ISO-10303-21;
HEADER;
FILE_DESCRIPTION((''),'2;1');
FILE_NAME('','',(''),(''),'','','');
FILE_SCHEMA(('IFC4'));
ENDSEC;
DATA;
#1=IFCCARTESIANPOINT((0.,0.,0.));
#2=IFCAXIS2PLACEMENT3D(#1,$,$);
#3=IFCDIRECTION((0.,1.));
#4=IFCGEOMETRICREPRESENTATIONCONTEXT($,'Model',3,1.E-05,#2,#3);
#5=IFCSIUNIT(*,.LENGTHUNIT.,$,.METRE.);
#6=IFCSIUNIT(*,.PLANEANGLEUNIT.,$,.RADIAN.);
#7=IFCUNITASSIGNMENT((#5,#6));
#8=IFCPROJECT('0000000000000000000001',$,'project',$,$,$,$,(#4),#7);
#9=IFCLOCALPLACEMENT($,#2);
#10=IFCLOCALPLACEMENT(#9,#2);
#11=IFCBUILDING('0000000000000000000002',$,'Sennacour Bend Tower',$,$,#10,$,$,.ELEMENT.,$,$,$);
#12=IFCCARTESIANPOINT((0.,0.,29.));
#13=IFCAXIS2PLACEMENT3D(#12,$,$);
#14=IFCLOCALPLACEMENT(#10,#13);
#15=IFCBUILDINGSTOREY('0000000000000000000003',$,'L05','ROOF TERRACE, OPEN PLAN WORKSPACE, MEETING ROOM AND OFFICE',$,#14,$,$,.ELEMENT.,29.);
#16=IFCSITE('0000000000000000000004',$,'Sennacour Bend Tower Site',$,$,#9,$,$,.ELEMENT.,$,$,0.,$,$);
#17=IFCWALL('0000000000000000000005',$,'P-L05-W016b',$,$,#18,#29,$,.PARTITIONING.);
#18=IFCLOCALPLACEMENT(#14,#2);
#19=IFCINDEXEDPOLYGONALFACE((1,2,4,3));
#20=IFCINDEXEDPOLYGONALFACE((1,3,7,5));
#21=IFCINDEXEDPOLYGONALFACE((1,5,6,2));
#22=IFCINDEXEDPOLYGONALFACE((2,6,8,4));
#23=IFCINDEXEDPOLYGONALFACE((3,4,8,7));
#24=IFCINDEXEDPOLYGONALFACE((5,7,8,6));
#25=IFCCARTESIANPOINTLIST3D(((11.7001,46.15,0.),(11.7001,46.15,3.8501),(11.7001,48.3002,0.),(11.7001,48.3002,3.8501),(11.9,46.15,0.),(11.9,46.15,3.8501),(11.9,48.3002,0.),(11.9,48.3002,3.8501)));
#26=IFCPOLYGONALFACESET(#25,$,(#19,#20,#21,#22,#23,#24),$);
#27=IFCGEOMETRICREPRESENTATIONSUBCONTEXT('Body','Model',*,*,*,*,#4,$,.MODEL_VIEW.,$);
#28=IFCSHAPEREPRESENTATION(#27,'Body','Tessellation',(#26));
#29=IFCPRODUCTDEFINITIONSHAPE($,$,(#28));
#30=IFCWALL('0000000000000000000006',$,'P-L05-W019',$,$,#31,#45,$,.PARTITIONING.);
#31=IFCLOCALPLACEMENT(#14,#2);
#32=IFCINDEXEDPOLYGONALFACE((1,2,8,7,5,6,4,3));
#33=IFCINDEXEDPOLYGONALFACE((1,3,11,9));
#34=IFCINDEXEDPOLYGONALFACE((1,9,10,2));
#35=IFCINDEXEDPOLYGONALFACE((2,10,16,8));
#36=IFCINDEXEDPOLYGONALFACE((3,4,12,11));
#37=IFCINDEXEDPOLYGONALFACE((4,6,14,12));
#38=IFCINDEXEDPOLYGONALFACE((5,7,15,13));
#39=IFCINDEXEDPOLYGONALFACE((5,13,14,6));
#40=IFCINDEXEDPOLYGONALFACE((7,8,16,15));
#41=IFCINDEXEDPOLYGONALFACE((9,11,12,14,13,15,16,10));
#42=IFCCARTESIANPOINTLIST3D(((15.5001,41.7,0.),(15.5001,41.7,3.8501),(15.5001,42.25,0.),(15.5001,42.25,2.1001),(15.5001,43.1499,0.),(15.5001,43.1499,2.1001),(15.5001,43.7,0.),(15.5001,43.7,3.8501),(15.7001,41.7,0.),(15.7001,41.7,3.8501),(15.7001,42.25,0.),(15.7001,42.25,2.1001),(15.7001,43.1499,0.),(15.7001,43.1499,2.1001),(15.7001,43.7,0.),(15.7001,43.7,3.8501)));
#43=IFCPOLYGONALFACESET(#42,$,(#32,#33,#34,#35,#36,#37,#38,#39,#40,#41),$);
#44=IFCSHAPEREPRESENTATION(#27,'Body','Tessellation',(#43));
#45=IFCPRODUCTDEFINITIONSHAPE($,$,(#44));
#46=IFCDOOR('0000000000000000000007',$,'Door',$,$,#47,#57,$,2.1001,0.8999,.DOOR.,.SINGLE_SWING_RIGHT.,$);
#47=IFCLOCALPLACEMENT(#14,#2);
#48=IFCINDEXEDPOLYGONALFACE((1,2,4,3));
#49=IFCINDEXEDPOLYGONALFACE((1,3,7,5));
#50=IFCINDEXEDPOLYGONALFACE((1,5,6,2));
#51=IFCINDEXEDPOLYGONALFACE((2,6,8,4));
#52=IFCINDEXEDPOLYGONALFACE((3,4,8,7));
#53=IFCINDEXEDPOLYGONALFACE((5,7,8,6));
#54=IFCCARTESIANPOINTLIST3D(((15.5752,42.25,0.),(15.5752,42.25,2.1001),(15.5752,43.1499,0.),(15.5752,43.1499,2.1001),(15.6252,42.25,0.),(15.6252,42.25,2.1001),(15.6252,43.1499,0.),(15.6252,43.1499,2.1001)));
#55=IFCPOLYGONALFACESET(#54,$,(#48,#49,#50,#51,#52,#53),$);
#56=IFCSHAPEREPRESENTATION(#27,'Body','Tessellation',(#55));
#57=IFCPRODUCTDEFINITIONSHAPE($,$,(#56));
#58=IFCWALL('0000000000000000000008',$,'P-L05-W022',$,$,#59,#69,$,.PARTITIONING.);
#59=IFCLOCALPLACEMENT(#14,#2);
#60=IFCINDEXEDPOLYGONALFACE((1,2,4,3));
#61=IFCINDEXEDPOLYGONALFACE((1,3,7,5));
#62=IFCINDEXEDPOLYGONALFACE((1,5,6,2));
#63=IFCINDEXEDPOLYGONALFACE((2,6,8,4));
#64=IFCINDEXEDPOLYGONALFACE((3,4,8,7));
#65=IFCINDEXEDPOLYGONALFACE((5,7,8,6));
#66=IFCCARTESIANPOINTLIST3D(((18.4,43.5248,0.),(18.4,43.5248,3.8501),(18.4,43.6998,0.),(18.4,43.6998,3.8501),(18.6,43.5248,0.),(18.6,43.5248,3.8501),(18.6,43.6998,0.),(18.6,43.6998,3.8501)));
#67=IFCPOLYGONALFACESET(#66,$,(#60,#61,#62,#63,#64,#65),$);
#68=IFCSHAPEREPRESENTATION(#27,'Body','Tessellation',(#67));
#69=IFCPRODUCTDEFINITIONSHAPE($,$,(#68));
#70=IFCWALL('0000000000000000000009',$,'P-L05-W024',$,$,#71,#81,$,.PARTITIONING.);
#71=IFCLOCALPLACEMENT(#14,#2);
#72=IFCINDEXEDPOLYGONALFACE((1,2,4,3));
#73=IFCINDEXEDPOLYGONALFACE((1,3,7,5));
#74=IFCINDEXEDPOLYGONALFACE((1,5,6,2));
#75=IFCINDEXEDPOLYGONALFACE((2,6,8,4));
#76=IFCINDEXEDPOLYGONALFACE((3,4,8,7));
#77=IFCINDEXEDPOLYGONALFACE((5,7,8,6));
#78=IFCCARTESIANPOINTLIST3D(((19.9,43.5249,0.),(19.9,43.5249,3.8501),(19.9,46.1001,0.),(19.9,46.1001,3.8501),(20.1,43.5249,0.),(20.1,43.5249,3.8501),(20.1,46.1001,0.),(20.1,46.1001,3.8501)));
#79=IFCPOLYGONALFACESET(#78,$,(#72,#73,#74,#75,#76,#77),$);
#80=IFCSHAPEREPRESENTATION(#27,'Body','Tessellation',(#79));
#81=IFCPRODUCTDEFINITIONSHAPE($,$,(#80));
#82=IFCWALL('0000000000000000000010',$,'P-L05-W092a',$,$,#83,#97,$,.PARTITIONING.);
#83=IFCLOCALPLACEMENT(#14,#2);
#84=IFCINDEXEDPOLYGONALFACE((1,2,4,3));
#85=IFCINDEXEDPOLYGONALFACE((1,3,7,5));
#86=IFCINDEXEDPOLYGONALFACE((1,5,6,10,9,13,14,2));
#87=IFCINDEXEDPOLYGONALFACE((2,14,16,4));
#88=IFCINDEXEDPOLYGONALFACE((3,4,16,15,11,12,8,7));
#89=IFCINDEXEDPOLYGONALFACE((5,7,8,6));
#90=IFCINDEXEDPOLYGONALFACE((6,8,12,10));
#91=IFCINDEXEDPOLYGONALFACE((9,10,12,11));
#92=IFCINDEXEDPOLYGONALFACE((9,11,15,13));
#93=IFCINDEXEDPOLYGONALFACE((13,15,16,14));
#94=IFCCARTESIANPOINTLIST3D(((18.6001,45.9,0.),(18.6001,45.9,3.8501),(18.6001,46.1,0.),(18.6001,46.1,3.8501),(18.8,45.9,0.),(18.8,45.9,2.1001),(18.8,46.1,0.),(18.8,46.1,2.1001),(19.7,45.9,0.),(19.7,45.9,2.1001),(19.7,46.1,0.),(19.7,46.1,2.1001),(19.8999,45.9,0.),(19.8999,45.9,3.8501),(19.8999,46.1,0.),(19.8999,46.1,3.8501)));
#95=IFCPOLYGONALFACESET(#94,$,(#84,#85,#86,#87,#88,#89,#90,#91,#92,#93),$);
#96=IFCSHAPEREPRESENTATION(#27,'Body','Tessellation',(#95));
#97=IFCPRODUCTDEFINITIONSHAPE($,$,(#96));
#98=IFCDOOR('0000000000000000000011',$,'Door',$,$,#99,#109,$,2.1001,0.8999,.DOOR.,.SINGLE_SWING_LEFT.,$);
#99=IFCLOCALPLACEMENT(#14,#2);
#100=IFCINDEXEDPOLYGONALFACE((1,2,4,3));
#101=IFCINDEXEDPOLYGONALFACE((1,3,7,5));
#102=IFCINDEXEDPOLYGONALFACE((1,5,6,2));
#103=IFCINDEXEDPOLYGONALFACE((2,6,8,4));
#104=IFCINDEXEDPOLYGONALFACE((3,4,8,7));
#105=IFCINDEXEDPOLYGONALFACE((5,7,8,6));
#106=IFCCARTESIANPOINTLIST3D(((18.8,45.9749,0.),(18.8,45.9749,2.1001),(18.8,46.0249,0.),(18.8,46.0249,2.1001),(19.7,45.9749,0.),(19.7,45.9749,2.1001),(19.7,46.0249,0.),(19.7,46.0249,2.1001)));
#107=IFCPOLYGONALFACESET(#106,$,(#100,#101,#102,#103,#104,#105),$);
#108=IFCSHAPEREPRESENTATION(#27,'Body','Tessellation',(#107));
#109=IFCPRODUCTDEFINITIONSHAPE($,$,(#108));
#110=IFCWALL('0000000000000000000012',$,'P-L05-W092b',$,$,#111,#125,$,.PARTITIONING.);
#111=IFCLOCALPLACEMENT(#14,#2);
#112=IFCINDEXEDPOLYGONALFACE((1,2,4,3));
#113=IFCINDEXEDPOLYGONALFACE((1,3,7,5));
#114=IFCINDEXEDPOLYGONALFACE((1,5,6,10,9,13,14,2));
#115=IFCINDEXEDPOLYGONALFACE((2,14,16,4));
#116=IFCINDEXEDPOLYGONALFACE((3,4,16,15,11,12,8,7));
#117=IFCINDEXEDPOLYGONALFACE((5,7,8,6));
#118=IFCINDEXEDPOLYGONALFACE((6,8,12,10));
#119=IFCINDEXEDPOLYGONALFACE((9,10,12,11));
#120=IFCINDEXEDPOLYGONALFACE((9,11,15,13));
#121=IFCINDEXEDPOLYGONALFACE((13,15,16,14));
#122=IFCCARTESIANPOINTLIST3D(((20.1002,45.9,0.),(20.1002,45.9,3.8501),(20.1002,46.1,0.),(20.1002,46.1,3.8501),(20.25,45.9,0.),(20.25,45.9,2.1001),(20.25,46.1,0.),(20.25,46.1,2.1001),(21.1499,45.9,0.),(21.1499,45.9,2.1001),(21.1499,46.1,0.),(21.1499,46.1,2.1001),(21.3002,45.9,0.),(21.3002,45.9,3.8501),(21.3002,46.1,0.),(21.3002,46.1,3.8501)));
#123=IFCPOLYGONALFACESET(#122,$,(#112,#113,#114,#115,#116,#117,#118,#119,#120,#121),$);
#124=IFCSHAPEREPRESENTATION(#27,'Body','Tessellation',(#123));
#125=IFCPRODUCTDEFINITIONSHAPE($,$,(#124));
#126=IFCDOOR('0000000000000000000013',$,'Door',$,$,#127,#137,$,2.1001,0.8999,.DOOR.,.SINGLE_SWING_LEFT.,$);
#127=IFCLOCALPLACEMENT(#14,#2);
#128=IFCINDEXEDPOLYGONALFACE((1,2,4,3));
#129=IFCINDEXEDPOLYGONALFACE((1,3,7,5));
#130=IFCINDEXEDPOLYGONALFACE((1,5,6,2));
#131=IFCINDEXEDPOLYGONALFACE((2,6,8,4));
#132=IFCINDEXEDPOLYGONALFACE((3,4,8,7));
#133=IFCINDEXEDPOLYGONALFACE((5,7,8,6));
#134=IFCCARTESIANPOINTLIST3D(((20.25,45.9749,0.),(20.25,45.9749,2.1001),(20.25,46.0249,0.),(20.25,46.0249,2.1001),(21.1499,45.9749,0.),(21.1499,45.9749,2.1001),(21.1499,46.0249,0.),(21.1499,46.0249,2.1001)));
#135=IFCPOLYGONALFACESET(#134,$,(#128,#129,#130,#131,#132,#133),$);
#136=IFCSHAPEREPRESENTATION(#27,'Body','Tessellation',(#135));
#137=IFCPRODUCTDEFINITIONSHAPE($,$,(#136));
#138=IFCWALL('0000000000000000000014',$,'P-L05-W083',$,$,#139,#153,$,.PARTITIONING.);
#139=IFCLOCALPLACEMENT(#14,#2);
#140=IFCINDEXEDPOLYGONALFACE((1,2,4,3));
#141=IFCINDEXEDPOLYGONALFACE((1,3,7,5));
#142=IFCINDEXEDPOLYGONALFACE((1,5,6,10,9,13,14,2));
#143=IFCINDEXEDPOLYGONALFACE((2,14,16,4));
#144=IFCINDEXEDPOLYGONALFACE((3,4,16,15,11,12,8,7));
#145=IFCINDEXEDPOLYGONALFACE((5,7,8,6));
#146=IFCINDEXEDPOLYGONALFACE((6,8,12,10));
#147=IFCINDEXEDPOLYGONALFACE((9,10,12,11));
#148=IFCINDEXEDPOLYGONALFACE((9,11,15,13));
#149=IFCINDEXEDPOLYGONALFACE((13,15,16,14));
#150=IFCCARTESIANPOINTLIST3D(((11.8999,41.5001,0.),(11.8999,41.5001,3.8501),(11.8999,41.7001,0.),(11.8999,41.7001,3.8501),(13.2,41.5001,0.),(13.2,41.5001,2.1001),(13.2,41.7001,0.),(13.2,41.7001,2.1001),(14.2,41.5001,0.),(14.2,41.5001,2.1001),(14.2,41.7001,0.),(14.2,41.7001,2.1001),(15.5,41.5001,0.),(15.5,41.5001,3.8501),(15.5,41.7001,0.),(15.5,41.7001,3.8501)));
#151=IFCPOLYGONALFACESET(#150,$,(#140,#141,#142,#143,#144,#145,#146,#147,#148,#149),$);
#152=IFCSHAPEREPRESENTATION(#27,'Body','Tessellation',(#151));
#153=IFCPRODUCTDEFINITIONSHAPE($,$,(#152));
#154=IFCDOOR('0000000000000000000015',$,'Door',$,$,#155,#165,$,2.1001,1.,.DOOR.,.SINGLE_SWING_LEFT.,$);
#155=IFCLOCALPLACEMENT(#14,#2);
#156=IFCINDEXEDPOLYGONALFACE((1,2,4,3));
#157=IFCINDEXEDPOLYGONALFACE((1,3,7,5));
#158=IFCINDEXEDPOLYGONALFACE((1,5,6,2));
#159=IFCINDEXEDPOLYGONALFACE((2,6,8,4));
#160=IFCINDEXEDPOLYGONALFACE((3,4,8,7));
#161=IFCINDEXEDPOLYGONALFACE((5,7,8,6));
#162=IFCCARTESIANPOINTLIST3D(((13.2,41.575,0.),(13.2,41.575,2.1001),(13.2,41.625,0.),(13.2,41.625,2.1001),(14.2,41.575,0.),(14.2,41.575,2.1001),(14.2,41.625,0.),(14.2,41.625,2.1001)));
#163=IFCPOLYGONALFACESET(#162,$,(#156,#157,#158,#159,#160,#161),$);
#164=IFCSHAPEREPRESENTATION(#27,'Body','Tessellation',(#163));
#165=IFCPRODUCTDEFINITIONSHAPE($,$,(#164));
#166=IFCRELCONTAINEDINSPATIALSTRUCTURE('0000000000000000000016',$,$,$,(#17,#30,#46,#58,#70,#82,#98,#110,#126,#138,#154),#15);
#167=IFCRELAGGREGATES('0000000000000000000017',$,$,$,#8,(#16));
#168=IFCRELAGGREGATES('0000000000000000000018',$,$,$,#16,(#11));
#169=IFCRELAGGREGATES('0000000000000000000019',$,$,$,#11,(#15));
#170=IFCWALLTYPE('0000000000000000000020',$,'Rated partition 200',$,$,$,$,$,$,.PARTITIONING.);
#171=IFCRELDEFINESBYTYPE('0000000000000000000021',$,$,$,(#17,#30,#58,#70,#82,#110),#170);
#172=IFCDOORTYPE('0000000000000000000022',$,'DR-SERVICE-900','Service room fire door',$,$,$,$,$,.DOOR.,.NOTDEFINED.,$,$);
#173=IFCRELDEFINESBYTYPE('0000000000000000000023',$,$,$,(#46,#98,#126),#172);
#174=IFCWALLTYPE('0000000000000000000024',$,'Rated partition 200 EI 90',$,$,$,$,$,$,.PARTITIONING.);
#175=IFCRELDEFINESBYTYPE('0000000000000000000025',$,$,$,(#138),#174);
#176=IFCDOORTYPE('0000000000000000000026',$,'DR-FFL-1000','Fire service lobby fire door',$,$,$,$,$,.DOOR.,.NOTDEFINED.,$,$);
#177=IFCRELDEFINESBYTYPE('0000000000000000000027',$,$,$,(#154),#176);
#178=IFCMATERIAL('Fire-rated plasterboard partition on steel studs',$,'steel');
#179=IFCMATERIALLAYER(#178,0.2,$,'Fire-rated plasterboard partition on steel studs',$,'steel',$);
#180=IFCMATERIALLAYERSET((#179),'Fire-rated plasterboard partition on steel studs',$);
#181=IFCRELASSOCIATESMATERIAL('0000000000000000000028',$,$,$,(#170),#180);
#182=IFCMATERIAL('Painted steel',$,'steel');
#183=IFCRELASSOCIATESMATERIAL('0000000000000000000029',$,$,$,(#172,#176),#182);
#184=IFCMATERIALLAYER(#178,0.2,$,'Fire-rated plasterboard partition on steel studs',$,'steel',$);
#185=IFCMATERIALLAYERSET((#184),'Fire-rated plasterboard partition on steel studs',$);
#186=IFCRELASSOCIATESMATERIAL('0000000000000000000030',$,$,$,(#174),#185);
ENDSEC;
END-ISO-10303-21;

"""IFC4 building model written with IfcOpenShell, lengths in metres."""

from ifc_helpers import new_model, si_unit, direction, frame, frame_2d, origin, place, context, subcontext, project, spatial, rectangle, extrude, material, layer, layer_set, type_object, element, fill, save


model = new_model("IFC4")

# Units and contexts
model_context = context("Model", 3, precision=1e-05, world=origin(), true_north=direction((0.0, 1.0)))
body_context = subcontext(model_context, "Body", "Model", "MODEL_VIEW")
ifc_project = project(units=[si_unit("LENGTHUNIT", "METRE"), si_unit("PLANEANGLEUNIT", "RADIAN")], contexts=[model_context])

# Site, building, storey
site_placement = place(None, origin())
site = spatial("IfcSite", under=ifc_project, at=site_placement, Name="Sennacour Bend Tower Site", CompositionType="ELEMENT", RefElevation=0.0)
building_placement = place(site_placement, origin())
building = spatial("IfcBuilding", under=site, at=building_placement, Name="Sennacour Bend Tower", CompositionType="ELEMENT")
storey_placement = place(building_placement, frame((0.0, 0.0, 29.0)))
storey = spatial("IfcBuildingStorey", under=building, at=storey_placement, Name="L05", Description="ROOF TERRACE, OPEN PLAN WORKSPACE, MEETING ROOM AND OFFICE", CompositionType="ELEMENT", Elevation=29.0)

# Wall
ifc_material_1 = material(Name="Fire-rated plasterboard partition on steel studs", Category="steel")
ifc_layer_1 = layer(ifc_material_1, 0.2, Name="Fire-rated plasterboard partition on steel studs", Category="steel")
ifc_layer_set_1 = layer_set([ifc_layer_1], Name="Fire-rated plasterboard partition on steel studs")
wall_type_1 = type_object("IfcWallType", Name="Rated partition 200", PredefinedType="PARTITIONING", material=ifc_layer_set_1)
wall_1_placement = place(storey_placement, frame((11.8, 46.1499, 0.0), z_axis=(0.0, 0.0, 1.0), x_axis=(0.0, 1.0, 0.0)))
element("IfcWall", 1, at=wall_1_placement, inside=storey, type_object=wall_type_1, Name="P-L05-W016b", PredefinedType="PARTITIONING", context=body_context, shape_type="SweptSolid", body=[
    extrude(rectangle(XDim=2.1501, YDim=0.2, at=frame_2d((1.0752, 0.0))), origin(), (0.0, 0.0, 1.0), 3.8501),
])

# Wall, opening, door
wall_2_placement = place(storey_placement, frame((15.6001, 41.7, 0.0), z_axis=(0.0, 0.0, 1.0), x_axis=(0.0, 1.0, 0.0)))
wall_2 = element("IfcWall", 2, at=wall_2_placement, inside=storey, type_object=wall_type_1, Name="P-L05-W019", PredefinedType="PARTITIONING", context=body_context, shape_type="SweptSolid", body=[
    extrude(rectangle(XDim=2.0, YDim=0.2, at=frame_2d((1.0, 0.0))), origin(), (0.0, 0.0, 1.0), 3.8501),
])
opening_1_placement = place(wall_2_placement, frame((0.55, 0.0, 0.0)))
opening_1 = element("IfcOpeningElement", 3, at=opening_1_placement, cuts=wall_2, PredefinedType="OPENING", context=body_context, shape_type="SweptSolid", body=[
    extrude(rectangle(XDim=0.8999, YDim=2.1001, at=frame_2d((0.45, 1.05))), frame((0.0, 0.1099, 0.0), z_axis=(0.0, -1.0, 0.0), x_axis=(1.0, 0.0, 0.0)), (0.0, 0.0, 1.0), 0.22),
])
ifc_material_2 = material(Name="Painted steel", Category="steel")
door_type_1 = type_object("IfcDoorType", Name="DR-SERVICE-900", Description="Service room fire door", OperationType="NOTDEFINED", PredefinedType="DOOR", material=ifc_material_2)
door_1_placement = place(opening_1_placement, origin())
door_1 = element("IfcDoor", 4, at=door_1_placement, inside=storey, type_object=door_type_1, Name="Door", OperationType="SINGLE_SWING_RIGHT", OverallHeight=2.1001, OverallWidth=0.8999, PredefinedType="DOOR", context=body_context, shape_type="SweptSolid", body=[
    extrude(rectangle(XDim=0.8999, YDim=2.1001, at=frame_2d((0.45, 1.05))), frame((0.0, 0.0249, 0.0), z_axis=(0.0, -1.0, 0.0), x_axis=(1.0, 0.0, 0.0)), (0.0, 0.0, 1.0), 0.05),
])
fill(opening_1, door_1)

# Walls
wall_3_placement = place(storey_placement, frame((18.5, 43.5249, 0.0), z_axis=(0.0, 0.0, 1.0), x_axis=(0.0, 1.0, 0.0)))
element("IfcWall", 5, at=wall_3_placement, inside=storey, type_object=wall_type_1, Name="P-L05-W022", PredefinedType="PARTITIONING", context=body_context, shape_type="SweptSolid", body=[
    extrude(rectangle(XDim=0.175, YDim=0.2, at=frame_2d((0.0874, 0.0))), origin(), (0.0, 0.0, 1.0), 3.8501),
])
wall_4_placement = place(storey_placement, frame((20.0, 43.5249, 0.0), z_axis=(0.0, 0.0, 1.0), x_axis=(0.0, 1.0, 0.0)))
element("IfcWall", 6, at=wall_4_placement, inside=storey, type_object=wall_type_1, Name="P-L05-W024", PredefinedType="PARTITIONING", context=body_context, shape_type="SweptSolid", body=[
    extrude(rectangle(XDim=2.5752, YDim=0.2, at=frame_2d((1.2876, 0.0))), origin(), (0.0, 0.0, 1.0), 3.8501),
])

# Walls, openings, doors
wall_5_placement = place(storey_placement, frame((18.6001, 46.0, 0.0), z_axis=(0.0, 0.0, 1.0), x_axis=(1.0, 0.0, 0.0)))
wall_5 = element("IfcWall", 7, at=wall_5_placement, inside=storey, type_object=wall_type_1, Name="P-L05-W092a", PredefinedType="PARTITIONING", context=body_context, shape_type="SweptSolid", body=[
    extrude(rectangle(XDim=1.2998, YDim=0.2, at=frame_2d((0.6499, 0.0))), origin(), (0.0, 0.0, 1.0), 3.8501),
])
opening_2_placement = place(wall_5_placement, frame((0.2, 0.0, 0.0)))
opening_2 = element("IfcOpeningElement", 8, at=opening_2_placement, cuts=wall_5, PredefinedType="OPENING", context=body_context, shape_type="SweptSolid", body=[
    extrude(rectangle(XDim=0.8999, YDim=2.1001, at=frame_2d((0.45, 1.05))), frame((0.0, 0.1099, 0.0), z_axis=(0.0, -1.0, 0.0), x_axis=(1.0, 0.0, 0.0)), (0.0, 0.0, 1.0), 0.22),
])
door_2_placement = place(opening_2_placement, origin())
door_2 = element("IfcDoor", 9, at=door_2_placement, inside=storey, type_object=door_type_1, Name="Door", OperationType="SINGLE_SWING_LEFT", OverallHeight=2.1001, OverallWidth=0.8999, PredefinedType="DOOR", context=body_context, shape_type="SweptSolid", body=[
    extrude(rectangle(XDim=0.8999, YDim=2.1001, at=frame_2d((0.45, 1.05))), frame((0.0, 0.0249, 0.0), z_axis=(0.0, -1.0, 0.0), x_axis=(1.0, 0.0, 0.0)), (0.0, 0.0, 1.0), 0.05),
])
fill(opening_2, door_2)
wall_6_placement = place(storey_placement, frame((20.1001, 46.0, 0.0), z_axis=(0.0, 0.0, 1.0), x_axis=(1.0, 0.0, 0.0)))
wall_6 = element("IfcWall", 10, at=wall_6_placement, inside=storey, type_object=wall_type_1, Name="P-L05-W092b", PredefinedType="PARTITIONING", context=body_context, shape_type="SweptSolid", body=[
    extrude(rectangle(XDim=1.2, YDim=0.2, at=frame_2d((0.6001, 0.0))), origin(), (0.0, 0.0, 1.0), 3.8501),
])
opening_3_placement = place(wall_6_placement, frame((0.1499, 0.0, 0.0)))
opening_3 = element("IfcOpeningElement", 11, at=opening_3_placement, cuts=wall_6, PredefinedType="OPENING", context=body_context, shape_type="SweptSolid", body=[
    extrude(rectangle(XDim=0.8999, YDim=2.1001, at=frame_2d((0.45, 1.05))), frame((0.0, 0.1099, 0.0), z_axis=(0.0, -1.0, 0.0), x_axis=(1.0, 0.0, 0.0)), (0.0, 0.0, 1.0), 0.22),
])
door_3_placement = place(opening_3_placement, origin())
door_3 = element("IfcDoor", 12, at=door_3_placement, inside=storey, type_object=door_type_1, Name="Door", OperationType="SINGLE_SWING_LEFT", OverallHeight=2.1001, OverallWidth=0.8999, PredefinedType="DOOR", context=body_context, shape_type="SweptSolid", body=[
    extrude(rectangle(XDim=0.8999, YDim=2.1001, at=frame_2d((0.45, 1.05))), frame((0.0, 0.0249, 0.0), z_axis=(0.0, -1.0, 0.0), x_axis=(1.0, 0.0, 0.0)), (0.0, 0.0, 1.0), 0.05),
])
fill(opening_3, door_3)
ifc_layer_2 = layer(ifc_material_1, 0.2, Name="Fire-rated plasterboard partition on steel studs", Category="steel")
ifc_layer_set_2 = layer_set([ifc_layer_2], Name="Fire-rated plasterboard partition on steel studs")
wall_type_2 = type_object("IfcWallType", Name="Rated partition 200 EI 90", PredefinedType="PARTITIONING", material=ifc_layer_set_2)
wall_7_placement = place(storey_placement, frame((11.8999, 41.6001, 0.0), z_axis=(0.0, 0.0, 1.0), x_axis=(1.0, 0.0, 0.0)))
wall_7 = element("IfcWall", 13, at=wall_7_placement, inside=storey, type_object=wall_type_2, Name="P-L05-W083", PredefinedType="PARTITIONING", context=body_context, shape_type="SweptSolid", body=[
    extrude(rectangle(XDim=3.6001, YDim=0.2, at=frame_2d((1.8, 0.0))), origin(), (0.0, 0.0, 1.0), 3.8501),
])
opening_4_placement = place(wall_7_placement, frame((1.3, 0.0, 0.0)))
opening_4 = element("IfcOpeningElement", 14, at=opening_4_placement, cuts=wall_7, PredefinedType="OPENING", context=body_context, shape_type="SweptSolid", body=[
    extrude(rectangle(XDim=1.0, YDim=2.1001, at=frame_2d((0.5, 1.05))), frame((0.0, 0.1099, 0.0), z_axis=(0.0, -1.0, 0.0), x_axis=(1.0, 0.0, 0.0)), (0.0, 0.0, 1.0), 0.22),
])
door_type_2 = type_object("IfcDoorType", Name="DR-FFL-1000", Description="Fire service lobby fire door", OperationType="NOTDEFINED", PredefinedType="DOOR", material=ifc_material_2)
door_4_placement = place(opening_4_placement, origin())
door_4 = element("IfcDoor", 15, at=door_4_placement, inside=storey, type_object=door_type_2, Name="Door", OperationType="SINGLE_SWING_LEFT", OverallHeight=2.1001, OverallWidth=1.0, PredefinedType="DOOR", context=body_context, shape_type="SweptSolid", body=[
    extrude(rectangle(XDim=1.0, YDim=2.1001, at=frame_2d((0.5, 1.05))), frame((0.0, 0.0249, 0.0), z_axis=(0.0, -1.0, 0.0), x_axis=(1.0, 0.0, 0.0)), (0.0, 0.0, 1.0), 0.05),
])
fill(opening_4, door_4)

save(model, "model.ifc")
